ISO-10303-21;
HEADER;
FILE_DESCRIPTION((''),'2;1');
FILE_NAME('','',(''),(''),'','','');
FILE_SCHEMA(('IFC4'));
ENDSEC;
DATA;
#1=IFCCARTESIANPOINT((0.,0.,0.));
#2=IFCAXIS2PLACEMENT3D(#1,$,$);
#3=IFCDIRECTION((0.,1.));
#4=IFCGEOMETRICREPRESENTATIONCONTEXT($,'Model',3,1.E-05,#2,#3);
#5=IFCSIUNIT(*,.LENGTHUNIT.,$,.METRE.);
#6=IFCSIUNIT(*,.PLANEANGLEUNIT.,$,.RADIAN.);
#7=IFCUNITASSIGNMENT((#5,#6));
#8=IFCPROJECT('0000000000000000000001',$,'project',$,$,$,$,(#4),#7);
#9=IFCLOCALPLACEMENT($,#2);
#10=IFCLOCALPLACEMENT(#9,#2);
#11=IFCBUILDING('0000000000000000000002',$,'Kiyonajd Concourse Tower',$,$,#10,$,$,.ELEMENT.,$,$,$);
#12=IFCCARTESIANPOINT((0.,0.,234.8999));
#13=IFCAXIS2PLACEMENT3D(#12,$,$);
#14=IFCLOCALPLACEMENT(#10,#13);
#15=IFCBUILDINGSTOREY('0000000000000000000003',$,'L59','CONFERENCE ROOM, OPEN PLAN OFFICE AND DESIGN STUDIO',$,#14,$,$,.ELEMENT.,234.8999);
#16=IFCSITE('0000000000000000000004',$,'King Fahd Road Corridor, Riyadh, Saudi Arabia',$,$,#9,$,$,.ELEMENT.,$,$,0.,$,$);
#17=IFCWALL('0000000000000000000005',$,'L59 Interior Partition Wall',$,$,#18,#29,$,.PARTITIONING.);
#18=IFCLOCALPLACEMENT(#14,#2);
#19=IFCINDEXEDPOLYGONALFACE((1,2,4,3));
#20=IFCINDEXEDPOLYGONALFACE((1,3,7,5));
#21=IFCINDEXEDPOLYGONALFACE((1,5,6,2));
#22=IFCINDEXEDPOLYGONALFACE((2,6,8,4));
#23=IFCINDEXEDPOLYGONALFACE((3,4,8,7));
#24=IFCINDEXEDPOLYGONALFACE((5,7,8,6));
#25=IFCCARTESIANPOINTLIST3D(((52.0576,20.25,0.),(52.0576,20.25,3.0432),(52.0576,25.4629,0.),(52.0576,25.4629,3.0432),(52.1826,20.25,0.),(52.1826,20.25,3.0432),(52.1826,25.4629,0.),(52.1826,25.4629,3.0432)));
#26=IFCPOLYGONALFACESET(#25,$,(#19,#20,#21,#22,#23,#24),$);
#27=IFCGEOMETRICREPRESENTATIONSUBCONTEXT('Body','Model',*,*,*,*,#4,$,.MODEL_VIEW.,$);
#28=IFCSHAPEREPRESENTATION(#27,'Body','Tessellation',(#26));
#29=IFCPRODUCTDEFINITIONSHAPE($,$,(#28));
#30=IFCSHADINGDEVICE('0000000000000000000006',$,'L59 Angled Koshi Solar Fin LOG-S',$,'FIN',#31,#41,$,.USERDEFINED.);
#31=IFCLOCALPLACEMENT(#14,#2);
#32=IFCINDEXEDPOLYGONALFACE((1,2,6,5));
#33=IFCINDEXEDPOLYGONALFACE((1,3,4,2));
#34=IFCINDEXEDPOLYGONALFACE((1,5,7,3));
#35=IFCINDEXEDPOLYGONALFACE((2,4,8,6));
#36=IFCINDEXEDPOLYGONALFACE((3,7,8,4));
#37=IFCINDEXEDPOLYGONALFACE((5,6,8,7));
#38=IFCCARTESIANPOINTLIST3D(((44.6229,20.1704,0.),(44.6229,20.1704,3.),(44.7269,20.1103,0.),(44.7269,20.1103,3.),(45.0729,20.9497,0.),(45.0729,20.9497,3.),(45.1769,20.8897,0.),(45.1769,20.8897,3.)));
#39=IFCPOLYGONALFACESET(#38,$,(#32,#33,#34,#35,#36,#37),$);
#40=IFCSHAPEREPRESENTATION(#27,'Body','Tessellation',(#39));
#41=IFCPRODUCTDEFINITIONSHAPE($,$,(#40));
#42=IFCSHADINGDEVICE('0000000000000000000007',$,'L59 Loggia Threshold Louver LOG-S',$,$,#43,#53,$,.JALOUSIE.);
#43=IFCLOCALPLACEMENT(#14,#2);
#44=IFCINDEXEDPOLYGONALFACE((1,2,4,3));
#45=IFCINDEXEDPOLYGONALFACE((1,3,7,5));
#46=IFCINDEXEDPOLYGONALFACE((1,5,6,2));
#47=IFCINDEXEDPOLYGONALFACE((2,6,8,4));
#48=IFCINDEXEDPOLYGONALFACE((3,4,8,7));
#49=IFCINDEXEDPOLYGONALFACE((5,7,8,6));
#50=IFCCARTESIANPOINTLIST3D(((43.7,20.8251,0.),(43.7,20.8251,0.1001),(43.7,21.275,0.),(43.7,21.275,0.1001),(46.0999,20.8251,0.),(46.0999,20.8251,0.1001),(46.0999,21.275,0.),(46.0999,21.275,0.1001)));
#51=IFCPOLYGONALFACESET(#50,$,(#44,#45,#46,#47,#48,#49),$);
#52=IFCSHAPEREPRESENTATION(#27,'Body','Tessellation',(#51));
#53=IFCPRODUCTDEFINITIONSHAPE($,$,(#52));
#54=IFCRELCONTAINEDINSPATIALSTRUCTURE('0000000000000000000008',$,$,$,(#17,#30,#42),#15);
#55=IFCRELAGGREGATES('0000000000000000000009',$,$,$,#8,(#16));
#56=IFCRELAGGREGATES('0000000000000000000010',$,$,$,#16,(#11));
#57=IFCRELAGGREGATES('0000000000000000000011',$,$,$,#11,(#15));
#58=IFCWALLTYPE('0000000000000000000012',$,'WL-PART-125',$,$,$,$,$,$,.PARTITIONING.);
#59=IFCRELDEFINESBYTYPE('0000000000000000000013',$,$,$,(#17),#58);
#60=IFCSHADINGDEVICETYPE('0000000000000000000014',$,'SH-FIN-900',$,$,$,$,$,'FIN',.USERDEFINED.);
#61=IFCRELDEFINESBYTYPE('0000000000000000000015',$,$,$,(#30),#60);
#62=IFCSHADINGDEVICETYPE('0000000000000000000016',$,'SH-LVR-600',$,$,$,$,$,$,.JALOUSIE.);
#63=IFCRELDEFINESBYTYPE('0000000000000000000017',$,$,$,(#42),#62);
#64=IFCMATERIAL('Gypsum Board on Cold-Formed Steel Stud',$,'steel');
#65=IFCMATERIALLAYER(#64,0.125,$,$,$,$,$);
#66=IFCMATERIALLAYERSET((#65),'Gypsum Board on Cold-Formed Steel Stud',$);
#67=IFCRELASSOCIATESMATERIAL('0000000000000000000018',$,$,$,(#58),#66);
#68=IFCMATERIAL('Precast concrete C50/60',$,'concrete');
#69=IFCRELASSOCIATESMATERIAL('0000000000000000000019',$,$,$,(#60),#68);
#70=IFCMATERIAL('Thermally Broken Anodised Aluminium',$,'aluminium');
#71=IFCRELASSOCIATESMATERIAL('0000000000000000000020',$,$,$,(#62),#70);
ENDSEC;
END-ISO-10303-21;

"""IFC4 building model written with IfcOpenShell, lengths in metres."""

from ifc_helpers import new_model, si_unit, direction, frame, frame_2d, origin, origin_2d, place, context, subcontext, project, spatial, rectangle, extrude, material, layer, layer_set, type_object, element, save


model = new_model("IFC4")

# Units and contexts
model_context = context("Model", 3, precision=1e-05, world=origin(), true_north=direction((0.0, 1.0)))
body_context = subcontext(model_context, "Body", "Model", "MODEL_VIEW")
ifc_project = project(units=[si_unit("LENGTHUNIT", "METRE"), si_unit("PLANEANGLEUNIT", "RADIAN")], contexts=[model_context])

# Site, building, storey
site_placement = place(None, origin())
site = spatial("IfcSite", under=ifc_project, at=site_placement, Name="King Fahd Road Corridor, Riyadh, Saudi Arabia", CompositionType="ELEMENT", RefElevation=0.0)
building_placement = place(site_placement, origin())
building = spatial("IfcBuilding", under=site, at=building_placement, Name="Kiyonajd Concourse Tower", CompositionType="ELEMENT")
storey_placement = place(building_placement, frame((0.0, 0.0, 234.8999)))
storey = spatial("IfcBuildingStorey", under=building, at=storey_placement, Name="L59", Description="CONFERENCE ROOM, OPEN PLAN OFFICE AND DESIGN STUDIO", CompositionType="ELEMENT", Elevation=234.8999)

# Shared definitions
ifc_material_1 = material(Name="Thermally Broken Anodised Aluminium", Category="aluminium")

# Shared definitions
ifc_material_2 = material(Name="Precast concrete C50/60", Category="concrete")

# Wall
ifc_material_3 = material(Name="Gypsum Board on Cold-Formed Steel Stud", Category="steel")
ifc_layer_1 = layer(ifc_material_3, 0.125)
ifc_layer_set_1 = layer_set([ifc_layer_1], Name="Gypsum Board on Cold-Formed Steel Stud")
wall_type_1 = type_object("IfcWallType", Name="WL-PART-125", PredefinedType="PARTITIONING", material=ifc_layer_set_1)
wall_1_placement = place(storey_placement, frame((52.1201, 20.25, 0.0), z_axis=(0.0, 0.0, 1.0), x_axis=(0.0, 1.0, 0.0)))
element("IfcWall", 1, at=wall_1_placement, inside=storey, type_object=wall_type_1, Name="L59 Interior Partition Wall", PredefinedType="PARTITIONING", context=body_context, shape_type="SweptSolid", body=[
    extrude(rectangle(XDim=5.2129, YDim=0.125, at=frame_2d((2.6064, 0.0))), origin(), (0.0, 0.0, 1.0), 3.0432),
])

# Shading devices
shading_device_type_1 = type_object("IfcShadingDeviceType", Name="SH-FIN-900", ElementType="FIN", PredefinedType="USERDEFINED", material=ifc_material_2)
shading_device_1_placement = place(storey_placement, frame((44.8999, 20.53, 0.0), z_axis=(0.0, 0.0, 1.0), x_axis=(0.5, 0.866025, 0.0)))
element("IfcShadingDevice", 2, at=shading_device_1_placement, inside=storey, type_object=shading_device_type_1, Name="L59 Angled Koshi Solar Fin LOG-S", ObjectType="FIN", PredefinedType="USERDEFINED", context=body_context, shape_type="SweptSolid", body=[
    extrude(rectangle(XDim=0.8999, YDim=0.1201, at=origin_2d()), origin(), (0.0, 0.0, 1.0), 3.0),
])
shading_device_type_2 = type_object("IfcShadingDeviceType", Name="SH-LVR-600", PredefinedType="JALOUSIE", material=ifc_material_1)
shading_device_2_placement = place(storey_placement, frame((44.8999, 21.05, 0.0), z_axis=(0.0, 0.0, 1.0), x_axis=(1.0, 0.0, 0.0)))
element("IfcShadingDevice", 3, at=shading_device_2_placement, inside=storey, type_object=shading_device_type_2, Name="L59 Loggia Threshold Louver LOG-S", PredefinedType="JALOUSIE", context=body_context, shape_type="SweptSolid", body=[
    extrude(rectangle(XDim=2.3999, YDim=0.45, at=origin_2d()), origin(), (0.0, 0.0, 1.0), 0.1001),
])

save(model, "model.ifc")
